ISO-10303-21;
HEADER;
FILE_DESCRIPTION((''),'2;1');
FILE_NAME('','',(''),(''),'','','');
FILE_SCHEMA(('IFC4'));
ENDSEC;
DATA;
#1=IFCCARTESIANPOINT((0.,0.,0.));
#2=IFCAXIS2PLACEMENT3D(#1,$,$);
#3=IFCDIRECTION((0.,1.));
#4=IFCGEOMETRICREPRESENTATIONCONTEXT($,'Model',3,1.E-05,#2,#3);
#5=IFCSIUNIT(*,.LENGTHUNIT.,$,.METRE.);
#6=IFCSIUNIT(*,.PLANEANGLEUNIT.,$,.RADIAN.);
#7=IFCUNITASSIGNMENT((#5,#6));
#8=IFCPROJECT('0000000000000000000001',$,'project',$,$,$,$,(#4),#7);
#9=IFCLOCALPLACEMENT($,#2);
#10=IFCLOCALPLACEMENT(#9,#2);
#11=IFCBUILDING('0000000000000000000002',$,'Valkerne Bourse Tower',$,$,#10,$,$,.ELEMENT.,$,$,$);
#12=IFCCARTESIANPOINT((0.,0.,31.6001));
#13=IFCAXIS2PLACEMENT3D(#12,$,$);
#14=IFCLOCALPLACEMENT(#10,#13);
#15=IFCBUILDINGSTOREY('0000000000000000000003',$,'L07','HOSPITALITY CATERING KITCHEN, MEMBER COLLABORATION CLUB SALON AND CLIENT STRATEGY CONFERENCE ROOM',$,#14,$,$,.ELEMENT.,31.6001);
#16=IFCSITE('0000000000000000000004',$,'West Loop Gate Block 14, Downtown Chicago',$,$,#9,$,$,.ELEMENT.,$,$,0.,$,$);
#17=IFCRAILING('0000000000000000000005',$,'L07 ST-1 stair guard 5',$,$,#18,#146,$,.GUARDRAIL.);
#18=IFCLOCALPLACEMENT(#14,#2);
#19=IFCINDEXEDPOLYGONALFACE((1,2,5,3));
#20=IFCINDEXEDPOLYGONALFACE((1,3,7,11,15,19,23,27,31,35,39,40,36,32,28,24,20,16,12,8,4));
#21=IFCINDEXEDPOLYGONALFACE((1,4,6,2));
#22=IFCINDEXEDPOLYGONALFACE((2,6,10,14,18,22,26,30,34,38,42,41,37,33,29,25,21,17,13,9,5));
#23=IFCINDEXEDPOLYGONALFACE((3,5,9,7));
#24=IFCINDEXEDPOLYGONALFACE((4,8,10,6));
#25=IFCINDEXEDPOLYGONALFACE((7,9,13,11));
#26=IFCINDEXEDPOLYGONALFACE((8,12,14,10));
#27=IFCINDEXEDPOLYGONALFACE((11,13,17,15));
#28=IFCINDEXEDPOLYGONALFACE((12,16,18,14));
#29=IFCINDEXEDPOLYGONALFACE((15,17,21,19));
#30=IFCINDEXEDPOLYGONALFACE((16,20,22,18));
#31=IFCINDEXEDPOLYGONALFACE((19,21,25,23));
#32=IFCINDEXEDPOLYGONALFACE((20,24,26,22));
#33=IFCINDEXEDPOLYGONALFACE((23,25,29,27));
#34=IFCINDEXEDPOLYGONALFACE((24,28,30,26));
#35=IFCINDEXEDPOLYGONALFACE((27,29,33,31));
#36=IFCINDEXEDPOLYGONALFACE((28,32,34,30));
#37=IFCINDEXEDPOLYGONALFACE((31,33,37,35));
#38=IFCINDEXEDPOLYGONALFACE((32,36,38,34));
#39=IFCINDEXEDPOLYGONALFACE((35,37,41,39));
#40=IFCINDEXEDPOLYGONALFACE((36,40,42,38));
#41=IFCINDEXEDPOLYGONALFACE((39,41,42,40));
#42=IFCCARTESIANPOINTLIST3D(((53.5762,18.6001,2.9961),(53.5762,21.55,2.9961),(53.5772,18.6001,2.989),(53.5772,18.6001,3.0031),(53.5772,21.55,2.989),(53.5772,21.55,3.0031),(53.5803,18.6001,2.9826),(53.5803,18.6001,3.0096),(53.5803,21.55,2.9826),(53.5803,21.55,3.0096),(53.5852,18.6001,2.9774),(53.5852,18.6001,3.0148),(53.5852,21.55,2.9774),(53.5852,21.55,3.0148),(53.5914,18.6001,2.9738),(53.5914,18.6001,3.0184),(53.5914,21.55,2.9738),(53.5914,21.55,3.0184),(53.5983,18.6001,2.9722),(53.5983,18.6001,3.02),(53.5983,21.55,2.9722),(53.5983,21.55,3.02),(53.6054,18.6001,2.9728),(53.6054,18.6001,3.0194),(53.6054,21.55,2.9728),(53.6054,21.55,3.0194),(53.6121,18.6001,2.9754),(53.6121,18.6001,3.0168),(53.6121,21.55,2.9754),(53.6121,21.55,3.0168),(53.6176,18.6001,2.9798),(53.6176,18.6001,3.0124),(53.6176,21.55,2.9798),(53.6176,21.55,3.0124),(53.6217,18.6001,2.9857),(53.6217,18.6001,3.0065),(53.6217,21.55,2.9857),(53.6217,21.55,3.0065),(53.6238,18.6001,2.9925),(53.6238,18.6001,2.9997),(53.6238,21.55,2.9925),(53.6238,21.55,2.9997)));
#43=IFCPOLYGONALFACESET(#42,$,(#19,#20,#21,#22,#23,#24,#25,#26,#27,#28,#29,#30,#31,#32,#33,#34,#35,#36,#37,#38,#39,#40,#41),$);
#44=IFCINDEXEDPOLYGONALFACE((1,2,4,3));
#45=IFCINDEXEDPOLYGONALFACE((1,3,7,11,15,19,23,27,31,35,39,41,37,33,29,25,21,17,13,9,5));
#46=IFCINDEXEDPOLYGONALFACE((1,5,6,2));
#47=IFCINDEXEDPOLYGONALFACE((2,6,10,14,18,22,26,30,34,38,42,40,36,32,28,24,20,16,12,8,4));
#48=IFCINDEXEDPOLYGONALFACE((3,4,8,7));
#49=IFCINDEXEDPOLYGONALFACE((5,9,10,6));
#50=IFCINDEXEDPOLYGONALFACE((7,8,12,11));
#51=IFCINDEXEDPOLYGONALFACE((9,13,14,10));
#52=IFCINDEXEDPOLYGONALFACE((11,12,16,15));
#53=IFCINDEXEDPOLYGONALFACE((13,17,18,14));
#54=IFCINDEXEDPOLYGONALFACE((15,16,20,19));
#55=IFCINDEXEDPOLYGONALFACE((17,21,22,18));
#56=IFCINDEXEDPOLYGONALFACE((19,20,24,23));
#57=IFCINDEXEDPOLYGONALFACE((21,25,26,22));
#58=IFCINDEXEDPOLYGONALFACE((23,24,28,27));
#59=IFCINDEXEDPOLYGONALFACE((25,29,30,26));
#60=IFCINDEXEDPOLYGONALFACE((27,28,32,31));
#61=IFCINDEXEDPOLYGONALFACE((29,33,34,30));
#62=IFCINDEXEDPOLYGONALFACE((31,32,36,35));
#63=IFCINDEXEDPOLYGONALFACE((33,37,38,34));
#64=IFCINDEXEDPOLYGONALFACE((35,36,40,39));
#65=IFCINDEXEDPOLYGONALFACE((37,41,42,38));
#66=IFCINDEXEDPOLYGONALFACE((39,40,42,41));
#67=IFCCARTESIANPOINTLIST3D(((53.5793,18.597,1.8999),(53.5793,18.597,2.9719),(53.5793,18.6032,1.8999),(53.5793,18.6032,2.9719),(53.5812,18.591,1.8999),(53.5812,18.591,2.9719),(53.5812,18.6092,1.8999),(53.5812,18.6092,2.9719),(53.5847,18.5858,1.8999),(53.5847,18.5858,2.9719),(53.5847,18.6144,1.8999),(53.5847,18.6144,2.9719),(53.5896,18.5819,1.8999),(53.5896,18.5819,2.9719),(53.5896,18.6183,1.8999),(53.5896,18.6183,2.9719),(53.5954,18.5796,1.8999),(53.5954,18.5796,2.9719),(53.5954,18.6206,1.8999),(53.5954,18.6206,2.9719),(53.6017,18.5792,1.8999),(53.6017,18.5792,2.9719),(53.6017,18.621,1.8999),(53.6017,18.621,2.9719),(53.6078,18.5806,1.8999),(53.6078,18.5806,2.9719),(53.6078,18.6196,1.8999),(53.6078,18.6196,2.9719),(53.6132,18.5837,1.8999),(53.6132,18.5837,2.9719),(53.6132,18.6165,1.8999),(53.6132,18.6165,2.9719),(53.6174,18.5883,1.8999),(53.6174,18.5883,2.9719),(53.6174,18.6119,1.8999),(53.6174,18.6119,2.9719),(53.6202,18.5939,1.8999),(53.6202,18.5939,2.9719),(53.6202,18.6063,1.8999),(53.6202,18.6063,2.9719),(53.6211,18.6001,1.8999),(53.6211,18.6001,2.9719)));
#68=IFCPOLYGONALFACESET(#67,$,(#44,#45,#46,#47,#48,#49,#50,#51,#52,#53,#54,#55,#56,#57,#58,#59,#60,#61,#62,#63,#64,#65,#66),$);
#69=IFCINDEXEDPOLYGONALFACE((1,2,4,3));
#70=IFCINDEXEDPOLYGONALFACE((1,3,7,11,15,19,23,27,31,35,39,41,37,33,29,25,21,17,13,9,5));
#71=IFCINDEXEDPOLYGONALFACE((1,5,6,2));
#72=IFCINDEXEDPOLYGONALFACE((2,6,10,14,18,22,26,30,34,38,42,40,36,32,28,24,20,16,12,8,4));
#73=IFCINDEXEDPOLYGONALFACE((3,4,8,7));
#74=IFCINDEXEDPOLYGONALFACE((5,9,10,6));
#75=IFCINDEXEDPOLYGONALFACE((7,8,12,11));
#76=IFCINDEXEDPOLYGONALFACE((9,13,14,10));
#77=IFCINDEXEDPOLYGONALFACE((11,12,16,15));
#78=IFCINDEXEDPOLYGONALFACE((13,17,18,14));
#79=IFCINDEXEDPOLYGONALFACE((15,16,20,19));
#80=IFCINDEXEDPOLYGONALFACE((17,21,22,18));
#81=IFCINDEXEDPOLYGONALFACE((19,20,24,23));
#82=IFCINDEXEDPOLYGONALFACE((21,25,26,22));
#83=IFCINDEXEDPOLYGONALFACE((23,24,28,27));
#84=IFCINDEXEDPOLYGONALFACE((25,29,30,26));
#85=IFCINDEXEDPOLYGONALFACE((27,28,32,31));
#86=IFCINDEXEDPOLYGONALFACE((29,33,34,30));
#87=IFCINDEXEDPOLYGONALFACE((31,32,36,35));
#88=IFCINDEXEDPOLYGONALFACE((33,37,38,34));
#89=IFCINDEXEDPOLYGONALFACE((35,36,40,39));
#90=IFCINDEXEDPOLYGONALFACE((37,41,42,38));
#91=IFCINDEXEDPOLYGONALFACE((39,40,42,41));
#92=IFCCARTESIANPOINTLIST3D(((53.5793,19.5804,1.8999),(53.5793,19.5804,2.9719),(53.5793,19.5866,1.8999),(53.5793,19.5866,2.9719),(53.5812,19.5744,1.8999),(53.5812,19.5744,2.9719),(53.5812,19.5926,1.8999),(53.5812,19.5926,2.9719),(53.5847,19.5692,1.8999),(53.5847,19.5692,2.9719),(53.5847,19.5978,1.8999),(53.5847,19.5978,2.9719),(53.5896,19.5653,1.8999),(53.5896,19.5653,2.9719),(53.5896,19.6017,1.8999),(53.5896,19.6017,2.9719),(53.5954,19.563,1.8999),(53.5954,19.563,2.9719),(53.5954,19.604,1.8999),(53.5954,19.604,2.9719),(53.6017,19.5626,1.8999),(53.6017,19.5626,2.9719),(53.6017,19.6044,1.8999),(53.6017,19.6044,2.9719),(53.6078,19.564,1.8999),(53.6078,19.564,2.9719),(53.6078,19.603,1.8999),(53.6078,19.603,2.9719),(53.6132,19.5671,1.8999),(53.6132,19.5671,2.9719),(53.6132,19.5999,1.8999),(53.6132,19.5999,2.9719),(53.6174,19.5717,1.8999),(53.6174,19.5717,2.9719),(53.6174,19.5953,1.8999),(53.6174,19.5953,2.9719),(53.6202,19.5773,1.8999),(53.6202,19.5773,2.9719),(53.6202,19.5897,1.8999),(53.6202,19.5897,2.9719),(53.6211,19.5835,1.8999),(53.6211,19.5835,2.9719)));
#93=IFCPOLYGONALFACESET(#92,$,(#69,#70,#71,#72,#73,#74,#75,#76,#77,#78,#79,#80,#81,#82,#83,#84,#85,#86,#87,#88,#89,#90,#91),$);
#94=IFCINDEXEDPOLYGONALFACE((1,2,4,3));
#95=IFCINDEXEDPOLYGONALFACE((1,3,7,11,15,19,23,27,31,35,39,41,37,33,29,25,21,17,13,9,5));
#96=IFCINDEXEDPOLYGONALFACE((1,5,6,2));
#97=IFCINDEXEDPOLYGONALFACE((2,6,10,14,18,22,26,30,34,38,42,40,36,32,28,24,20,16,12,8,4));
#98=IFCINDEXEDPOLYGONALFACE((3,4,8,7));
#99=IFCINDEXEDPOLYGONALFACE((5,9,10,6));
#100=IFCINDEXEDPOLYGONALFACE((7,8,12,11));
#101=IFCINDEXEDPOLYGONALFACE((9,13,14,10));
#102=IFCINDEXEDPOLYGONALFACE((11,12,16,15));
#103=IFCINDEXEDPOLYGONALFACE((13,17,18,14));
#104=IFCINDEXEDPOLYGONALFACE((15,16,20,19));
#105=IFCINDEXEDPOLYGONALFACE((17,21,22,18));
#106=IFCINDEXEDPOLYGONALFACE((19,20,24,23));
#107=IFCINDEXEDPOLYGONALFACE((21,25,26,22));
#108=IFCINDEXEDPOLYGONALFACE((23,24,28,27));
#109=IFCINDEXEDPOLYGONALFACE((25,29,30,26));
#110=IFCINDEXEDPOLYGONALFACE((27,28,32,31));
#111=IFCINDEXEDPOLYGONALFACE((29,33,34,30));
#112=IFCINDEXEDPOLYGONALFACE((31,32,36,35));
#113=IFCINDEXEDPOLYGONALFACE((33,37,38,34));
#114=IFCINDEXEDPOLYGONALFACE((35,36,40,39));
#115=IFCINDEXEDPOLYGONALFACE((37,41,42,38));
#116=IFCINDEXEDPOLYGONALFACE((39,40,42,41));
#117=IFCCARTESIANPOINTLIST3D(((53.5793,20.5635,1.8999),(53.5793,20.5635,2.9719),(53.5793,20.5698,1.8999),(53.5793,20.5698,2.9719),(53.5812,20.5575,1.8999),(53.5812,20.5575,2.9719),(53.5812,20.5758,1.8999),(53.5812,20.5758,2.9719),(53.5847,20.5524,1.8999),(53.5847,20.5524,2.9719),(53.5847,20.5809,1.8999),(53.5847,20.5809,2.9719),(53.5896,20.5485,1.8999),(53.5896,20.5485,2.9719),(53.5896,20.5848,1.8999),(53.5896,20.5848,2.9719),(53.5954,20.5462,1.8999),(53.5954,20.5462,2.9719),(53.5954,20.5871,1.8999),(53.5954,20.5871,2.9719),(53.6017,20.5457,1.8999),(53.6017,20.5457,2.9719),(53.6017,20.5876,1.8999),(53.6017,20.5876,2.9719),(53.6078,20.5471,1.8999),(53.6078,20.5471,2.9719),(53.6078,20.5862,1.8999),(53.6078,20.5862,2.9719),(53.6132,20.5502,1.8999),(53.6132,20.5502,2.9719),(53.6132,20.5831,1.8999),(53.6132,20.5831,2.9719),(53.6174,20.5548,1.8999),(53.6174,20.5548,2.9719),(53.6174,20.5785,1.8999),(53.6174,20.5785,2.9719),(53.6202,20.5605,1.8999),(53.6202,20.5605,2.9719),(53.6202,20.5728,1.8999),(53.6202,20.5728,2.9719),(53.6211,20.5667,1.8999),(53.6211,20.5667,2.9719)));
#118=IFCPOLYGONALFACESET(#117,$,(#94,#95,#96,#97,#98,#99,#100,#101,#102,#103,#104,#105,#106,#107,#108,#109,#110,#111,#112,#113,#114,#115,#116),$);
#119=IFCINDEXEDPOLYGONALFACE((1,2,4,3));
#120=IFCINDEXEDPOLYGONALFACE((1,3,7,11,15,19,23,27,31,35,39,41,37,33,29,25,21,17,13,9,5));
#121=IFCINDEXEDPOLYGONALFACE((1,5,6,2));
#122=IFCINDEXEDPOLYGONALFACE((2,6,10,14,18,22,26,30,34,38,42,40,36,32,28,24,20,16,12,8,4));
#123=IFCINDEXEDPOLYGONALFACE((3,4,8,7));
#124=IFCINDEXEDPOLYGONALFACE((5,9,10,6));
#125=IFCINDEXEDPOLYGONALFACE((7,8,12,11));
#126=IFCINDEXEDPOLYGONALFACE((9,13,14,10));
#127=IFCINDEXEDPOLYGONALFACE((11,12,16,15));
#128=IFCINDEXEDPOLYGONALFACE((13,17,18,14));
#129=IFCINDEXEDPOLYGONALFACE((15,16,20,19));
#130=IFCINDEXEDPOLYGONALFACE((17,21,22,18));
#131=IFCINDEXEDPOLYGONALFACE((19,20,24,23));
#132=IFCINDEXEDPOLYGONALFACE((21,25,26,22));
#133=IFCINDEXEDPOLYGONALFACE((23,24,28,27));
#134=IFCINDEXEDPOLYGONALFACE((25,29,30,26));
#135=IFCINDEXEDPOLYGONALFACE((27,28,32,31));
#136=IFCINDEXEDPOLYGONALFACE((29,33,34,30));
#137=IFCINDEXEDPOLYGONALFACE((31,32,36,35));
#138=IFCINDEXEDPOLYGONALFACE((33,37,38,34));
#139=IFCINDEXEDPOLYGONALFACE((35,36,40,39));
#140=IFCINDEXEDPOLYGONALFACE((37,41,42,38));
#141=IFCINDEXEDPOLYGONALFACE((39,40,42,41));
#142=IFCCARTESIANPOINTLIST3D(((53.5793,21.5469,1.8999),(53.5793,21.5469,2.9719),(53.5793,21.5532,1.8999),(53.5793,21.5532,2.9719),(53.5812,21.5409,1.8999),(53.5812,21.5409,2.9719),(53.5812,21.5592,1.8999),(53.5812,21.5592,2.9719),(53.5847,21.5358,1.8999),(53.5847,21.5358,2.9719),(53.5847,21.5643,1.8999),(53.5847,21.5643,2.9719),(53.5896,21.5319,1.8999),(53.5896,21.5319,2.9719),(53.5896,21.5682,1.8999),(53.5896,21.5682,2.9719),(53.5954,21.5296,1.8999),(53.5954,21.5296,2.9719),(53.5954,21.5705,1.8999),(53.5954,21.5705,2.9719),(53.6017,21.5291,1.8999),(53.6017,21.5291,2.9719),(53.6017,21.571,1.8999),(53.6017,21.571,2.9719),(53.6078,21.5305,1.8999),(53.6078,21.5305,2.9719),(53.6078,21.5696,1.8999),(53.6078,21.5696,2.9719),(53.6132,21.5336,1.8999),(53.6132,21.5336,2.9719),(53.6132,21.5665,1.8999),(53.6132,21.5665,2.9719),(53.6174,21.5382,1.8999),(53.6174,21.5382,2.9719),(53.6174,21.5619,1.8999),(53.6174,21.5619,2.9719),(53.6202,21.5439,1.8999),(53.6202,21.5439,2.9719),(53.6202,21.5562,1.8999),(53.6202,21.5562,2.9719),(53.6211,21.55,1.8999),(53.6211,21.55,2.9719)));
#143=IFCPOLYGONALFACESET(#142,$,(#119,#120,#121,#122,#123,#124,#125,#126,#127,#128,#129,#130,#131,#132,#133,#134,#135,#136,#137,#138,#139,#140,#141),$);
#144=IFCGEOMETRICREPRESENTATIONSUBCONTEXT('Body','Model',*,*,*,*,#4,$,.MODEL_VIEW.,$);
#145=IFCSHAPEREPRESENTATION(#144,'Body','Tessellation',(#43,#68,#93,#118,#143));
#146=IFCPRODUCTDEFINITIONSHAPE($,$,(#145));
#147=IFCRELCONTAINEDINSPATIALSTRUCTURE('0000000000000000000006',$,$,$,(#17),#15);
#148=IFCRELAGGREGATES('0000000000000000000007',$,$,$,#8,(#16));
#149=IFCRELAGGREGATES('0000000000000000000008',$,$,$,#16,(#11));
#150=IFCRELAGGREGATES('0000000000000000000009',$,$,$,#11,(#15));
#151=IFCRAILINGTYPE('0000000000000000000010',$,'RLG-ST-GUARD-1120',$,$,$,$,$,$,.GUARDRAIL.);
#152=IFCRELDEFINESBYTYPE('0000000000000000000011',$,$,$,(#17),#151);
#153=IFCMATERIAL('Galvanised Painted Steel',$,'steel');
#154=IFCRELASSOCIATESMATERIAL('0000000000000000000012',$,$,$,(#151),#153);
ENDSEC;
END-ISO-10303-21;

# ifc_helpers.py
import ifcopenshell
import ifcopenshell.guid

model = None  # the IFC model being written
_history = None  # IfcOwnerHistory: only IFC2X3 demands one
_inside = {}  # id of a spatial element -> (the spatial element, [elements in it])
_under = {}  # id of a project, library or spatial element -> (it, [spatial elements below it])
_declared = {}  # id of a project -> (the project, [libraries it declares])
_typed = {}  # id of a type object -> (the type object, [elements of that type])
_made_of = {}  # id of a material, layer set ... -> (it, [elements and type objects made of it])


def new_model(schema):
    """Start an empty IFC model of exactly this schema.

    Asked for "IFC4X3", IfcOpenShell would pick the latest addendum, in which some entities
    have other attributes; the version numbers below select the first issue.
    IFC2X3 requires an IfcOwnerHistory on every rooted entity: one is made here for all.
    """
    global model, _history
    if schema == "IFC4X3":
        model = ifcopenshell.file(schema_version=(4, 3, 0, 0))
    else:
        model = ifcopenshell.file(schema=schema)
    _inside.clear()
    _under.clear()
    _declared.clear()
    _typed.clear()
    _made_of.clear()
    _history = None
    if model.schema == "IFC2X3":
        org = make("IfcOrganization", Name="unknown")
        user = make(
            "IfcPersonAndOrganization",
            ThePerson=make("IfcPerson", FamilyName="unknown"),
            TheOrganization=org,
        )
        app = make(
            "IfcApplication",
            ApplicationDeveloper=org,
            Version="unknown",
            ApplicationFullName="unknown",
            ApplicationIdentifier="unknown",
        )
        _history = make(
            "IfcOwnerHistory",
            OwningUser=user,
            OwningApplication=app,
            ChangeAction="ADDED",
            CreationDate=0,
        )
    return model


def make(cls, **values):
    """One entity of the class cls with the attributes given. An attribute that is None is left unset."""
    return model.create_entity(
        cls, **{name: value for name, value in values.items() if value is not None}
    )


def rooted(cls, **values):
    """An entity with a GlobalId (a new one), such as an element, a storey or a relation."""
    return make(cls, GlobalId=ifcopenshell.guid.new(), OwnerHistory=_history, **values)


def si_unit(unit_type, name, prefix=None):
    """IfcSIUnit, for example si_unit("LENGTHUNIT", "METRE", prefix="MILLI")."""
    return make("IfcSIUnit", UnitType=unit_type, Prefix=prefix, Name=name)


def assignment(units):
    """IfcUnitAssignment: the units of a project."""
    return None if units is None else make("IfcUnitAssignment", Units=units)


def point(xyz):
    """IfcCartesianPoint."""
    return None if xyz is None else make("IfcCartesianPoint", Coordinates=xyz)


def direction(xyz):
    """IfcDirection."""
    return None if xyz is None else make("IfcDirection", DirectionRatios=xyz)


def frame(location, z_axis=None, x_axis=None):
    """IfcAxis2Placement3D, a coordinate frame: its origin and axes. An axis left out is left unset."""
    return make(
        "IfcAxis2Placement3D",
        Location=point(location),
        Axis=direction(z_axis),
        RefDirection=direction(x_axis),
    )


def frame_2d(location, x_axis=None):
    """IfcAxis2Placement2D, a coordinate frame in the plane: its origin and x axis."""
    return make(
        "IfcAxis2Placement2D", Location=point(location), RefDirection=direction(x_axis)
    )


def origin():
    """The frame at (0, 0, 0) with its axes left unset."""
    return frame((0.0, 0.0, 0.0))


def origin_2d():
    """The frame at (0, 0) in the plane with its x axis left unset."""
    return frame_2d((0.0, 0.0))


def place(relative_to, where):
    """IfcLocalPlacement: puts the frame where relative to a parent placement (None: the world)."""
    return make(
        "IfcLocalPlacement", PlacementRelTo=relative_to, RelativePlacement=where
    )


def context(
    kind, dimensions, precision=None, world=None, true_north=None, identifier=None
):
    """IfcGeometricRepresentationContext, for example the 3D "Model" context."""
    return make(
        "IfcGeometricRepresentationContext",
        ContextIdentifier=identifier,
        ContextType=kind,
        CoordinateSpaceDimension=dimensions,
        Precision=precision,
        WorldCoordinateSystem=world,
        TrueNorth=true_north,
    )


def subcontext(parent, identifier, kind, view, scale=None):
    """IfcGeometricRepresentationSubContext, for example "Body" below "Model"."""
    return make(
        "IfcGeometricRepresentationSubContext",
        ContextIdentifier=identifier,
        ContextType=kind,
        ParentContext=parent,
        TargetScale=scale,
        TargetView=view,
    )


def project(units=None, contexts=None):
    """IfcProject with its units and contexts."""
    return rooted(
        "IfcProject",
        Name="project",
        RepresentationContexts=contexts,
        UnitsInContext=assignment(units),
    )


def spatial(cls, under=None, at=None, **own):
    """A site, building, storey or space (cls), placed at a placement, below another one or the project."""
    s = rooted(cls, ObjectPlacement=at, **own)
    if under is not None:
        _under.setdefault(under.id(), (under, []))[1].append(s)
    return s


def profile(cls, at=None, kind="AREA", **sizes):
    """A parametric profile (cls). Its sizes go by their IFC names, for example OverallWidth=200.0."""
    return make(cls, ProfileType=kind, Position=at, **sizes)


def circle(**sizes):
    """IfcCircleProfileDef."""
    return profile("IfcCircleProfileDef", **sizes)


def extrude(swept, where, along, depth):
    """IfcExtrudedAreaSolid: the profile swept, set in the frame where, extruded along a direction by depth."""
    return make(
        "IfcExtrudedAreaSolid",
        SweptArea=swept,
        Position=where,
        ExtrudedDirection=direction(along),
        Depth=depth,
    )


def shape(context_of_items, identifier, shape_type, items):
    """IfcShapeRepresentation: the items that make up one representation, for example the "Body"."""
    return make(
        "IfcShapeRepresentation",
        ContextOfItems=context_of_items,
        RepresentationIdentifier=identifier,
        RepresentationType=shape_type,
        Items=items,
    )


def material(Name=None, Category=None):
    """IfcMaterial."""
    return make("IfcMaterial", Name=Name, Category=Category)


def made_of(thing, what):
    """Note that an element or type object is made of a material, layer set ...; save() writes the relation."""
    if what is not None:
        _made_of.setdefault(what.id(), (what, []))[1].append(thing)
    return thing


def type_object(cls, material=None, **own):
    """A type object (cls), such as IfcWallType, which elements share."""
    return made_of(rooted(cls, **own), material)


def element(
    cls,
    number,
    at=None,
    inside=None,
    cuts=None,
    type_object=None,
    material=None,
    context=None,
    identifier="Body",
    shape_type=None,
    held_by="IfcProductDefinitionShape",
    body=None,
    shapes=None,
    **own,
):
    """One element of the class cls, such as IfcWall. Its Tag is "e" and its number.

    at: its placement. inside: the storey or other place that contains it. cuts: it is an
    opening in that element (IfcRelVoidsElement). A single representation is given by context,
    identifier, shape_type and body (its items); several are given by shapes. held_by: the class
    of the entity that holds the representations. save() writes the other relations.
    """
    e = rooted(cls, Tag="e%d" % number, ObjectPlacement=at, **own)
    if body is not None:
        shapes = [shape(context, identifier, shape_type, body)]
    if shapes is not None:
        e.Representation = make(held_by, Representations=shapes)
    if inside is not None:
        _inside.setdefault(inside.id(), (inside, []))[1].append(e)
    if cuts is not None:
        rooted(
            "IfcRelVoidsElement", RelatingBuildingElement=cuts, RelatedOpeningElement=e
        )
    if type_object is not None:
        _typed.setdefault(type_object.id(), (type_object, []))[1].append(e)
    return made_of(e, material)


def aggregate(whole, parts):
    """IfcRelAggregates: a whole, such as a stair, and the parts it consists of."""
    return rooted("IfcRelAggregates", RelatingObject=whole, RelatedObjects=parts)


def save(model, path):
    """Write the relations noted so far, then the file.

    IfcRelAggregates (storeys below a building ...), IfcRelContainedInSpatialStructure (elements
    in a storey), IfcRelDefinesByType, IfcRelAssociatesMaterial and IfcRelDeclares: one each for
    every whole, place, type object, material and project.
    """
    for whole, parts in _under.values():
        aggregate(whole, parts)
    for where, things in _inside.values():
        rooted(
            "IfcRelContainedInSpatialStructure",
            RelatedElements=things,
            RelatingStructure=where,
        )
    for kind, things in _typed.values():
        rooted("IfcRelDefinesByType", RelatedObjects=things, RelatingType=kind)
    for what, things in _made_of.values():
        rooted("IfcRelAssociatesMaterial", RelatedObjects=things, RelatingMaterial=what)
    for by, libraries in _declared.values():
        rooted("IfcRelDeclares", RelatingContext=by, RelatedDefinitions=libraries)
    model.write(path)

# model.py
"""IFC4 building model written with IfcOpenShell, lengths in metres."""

from ifc_helpers import new_model, si_unit, direction, frame, origin, origin_2d, place, context, subcontext, project, spatial, circle, extrude, material, type_object, element, save


model = new_model("IFC4")

# Units and contexts
model_context = context("Model", 3, precision=1e-05, world=origin(), true_north=direction((0.0, 1.0)))
body_context = subcontext(model_context, "Body", "Model", "MODEL_VIEW")
ifc_project = project(units=[si_unit("LENGTHUNIT", "METRE"), si_unit("PLANEANGLEUNIT", "RADIAN")], contexts=[model_context])

# Site, building, storey
site_placement = place(None, origin())
site = spatial("IfcSite", under=ifc_project, at=site_placement, Name="West Loop Gate Block 14, Downtown Chicago", CompositionType="ELEMENT", RefElevation=0.0)
building_placement = place(site_placement, origin())
building = spatial("IfcBuilding", under=site, at=building_placement, Name="Valkerne Bourse Tower", CompositionType="ELEMENT")
storey_placement = place(building_placement, frame((0.0, 0.0, 31.6001)))
storey = spatial("IfcBuildingStorey", under=building, at=storey_placement, Name="L07", Description="HOSPITALITY CATERING KITCHEN, MEMBER COLLABORATION CLUB SALON AND CLIENT STRATEGY CONFERENCE ROOM", CompositionType="ELEMENT", Elevation=31.6001)

# Railing
ifc_material_1 = material(Name="Galvanised Painted Steel", Category="steel")
railing_type = type_object("IfcRailingType", Name="RLG-ST-GUARD-1120", PredefinedType="GUARDRAIL", material=ifc_material_1)
railing_1_placement = place(storey_placement, frame((53.6001, 18.6001, 1.8999)))
element("IfcRailing", 1, at=railing_1_placement, inside=storey, type_object=railing_type, Name="L07 ST-1 stair guard 5", PredefinedType="GUARDRAIL", context=body_context, shape_type="SweptSolid", body=[
    extrude(circle(Radius=0.0239, at=origin_2d()), frame((0.0, 0.0, 1.0962), z_axis=(0.0, 1.0, 0.0), x_axis=(-1.0, 0.0, 0.0)), (0.0, 0.0, 1.0), 2.95),
    extrude(circle(Radius=0.021, at=origin_2d()), origin(), (0.0, 0.0, 1.0), 1.072),
    extrude(circle(Radius=0.021, at=origin_2d()), frame((0.0, 0.9834, 0.0)), (0.0, 0.0, 1.0), 1.072),
    extrude(circle(Radius=0.021, at=origin_2d()), frame((0.0, 1.9666, 0.0)), (0.0, 0.0, 1.0), 1.072),
    extrude(circle(Radius=0.021, at=origin_2d()), frame((0.0, 2.95, 0.0)), (0.0, 0.0, 1.0), 1.072),
])

save(model, "model.ifc")
